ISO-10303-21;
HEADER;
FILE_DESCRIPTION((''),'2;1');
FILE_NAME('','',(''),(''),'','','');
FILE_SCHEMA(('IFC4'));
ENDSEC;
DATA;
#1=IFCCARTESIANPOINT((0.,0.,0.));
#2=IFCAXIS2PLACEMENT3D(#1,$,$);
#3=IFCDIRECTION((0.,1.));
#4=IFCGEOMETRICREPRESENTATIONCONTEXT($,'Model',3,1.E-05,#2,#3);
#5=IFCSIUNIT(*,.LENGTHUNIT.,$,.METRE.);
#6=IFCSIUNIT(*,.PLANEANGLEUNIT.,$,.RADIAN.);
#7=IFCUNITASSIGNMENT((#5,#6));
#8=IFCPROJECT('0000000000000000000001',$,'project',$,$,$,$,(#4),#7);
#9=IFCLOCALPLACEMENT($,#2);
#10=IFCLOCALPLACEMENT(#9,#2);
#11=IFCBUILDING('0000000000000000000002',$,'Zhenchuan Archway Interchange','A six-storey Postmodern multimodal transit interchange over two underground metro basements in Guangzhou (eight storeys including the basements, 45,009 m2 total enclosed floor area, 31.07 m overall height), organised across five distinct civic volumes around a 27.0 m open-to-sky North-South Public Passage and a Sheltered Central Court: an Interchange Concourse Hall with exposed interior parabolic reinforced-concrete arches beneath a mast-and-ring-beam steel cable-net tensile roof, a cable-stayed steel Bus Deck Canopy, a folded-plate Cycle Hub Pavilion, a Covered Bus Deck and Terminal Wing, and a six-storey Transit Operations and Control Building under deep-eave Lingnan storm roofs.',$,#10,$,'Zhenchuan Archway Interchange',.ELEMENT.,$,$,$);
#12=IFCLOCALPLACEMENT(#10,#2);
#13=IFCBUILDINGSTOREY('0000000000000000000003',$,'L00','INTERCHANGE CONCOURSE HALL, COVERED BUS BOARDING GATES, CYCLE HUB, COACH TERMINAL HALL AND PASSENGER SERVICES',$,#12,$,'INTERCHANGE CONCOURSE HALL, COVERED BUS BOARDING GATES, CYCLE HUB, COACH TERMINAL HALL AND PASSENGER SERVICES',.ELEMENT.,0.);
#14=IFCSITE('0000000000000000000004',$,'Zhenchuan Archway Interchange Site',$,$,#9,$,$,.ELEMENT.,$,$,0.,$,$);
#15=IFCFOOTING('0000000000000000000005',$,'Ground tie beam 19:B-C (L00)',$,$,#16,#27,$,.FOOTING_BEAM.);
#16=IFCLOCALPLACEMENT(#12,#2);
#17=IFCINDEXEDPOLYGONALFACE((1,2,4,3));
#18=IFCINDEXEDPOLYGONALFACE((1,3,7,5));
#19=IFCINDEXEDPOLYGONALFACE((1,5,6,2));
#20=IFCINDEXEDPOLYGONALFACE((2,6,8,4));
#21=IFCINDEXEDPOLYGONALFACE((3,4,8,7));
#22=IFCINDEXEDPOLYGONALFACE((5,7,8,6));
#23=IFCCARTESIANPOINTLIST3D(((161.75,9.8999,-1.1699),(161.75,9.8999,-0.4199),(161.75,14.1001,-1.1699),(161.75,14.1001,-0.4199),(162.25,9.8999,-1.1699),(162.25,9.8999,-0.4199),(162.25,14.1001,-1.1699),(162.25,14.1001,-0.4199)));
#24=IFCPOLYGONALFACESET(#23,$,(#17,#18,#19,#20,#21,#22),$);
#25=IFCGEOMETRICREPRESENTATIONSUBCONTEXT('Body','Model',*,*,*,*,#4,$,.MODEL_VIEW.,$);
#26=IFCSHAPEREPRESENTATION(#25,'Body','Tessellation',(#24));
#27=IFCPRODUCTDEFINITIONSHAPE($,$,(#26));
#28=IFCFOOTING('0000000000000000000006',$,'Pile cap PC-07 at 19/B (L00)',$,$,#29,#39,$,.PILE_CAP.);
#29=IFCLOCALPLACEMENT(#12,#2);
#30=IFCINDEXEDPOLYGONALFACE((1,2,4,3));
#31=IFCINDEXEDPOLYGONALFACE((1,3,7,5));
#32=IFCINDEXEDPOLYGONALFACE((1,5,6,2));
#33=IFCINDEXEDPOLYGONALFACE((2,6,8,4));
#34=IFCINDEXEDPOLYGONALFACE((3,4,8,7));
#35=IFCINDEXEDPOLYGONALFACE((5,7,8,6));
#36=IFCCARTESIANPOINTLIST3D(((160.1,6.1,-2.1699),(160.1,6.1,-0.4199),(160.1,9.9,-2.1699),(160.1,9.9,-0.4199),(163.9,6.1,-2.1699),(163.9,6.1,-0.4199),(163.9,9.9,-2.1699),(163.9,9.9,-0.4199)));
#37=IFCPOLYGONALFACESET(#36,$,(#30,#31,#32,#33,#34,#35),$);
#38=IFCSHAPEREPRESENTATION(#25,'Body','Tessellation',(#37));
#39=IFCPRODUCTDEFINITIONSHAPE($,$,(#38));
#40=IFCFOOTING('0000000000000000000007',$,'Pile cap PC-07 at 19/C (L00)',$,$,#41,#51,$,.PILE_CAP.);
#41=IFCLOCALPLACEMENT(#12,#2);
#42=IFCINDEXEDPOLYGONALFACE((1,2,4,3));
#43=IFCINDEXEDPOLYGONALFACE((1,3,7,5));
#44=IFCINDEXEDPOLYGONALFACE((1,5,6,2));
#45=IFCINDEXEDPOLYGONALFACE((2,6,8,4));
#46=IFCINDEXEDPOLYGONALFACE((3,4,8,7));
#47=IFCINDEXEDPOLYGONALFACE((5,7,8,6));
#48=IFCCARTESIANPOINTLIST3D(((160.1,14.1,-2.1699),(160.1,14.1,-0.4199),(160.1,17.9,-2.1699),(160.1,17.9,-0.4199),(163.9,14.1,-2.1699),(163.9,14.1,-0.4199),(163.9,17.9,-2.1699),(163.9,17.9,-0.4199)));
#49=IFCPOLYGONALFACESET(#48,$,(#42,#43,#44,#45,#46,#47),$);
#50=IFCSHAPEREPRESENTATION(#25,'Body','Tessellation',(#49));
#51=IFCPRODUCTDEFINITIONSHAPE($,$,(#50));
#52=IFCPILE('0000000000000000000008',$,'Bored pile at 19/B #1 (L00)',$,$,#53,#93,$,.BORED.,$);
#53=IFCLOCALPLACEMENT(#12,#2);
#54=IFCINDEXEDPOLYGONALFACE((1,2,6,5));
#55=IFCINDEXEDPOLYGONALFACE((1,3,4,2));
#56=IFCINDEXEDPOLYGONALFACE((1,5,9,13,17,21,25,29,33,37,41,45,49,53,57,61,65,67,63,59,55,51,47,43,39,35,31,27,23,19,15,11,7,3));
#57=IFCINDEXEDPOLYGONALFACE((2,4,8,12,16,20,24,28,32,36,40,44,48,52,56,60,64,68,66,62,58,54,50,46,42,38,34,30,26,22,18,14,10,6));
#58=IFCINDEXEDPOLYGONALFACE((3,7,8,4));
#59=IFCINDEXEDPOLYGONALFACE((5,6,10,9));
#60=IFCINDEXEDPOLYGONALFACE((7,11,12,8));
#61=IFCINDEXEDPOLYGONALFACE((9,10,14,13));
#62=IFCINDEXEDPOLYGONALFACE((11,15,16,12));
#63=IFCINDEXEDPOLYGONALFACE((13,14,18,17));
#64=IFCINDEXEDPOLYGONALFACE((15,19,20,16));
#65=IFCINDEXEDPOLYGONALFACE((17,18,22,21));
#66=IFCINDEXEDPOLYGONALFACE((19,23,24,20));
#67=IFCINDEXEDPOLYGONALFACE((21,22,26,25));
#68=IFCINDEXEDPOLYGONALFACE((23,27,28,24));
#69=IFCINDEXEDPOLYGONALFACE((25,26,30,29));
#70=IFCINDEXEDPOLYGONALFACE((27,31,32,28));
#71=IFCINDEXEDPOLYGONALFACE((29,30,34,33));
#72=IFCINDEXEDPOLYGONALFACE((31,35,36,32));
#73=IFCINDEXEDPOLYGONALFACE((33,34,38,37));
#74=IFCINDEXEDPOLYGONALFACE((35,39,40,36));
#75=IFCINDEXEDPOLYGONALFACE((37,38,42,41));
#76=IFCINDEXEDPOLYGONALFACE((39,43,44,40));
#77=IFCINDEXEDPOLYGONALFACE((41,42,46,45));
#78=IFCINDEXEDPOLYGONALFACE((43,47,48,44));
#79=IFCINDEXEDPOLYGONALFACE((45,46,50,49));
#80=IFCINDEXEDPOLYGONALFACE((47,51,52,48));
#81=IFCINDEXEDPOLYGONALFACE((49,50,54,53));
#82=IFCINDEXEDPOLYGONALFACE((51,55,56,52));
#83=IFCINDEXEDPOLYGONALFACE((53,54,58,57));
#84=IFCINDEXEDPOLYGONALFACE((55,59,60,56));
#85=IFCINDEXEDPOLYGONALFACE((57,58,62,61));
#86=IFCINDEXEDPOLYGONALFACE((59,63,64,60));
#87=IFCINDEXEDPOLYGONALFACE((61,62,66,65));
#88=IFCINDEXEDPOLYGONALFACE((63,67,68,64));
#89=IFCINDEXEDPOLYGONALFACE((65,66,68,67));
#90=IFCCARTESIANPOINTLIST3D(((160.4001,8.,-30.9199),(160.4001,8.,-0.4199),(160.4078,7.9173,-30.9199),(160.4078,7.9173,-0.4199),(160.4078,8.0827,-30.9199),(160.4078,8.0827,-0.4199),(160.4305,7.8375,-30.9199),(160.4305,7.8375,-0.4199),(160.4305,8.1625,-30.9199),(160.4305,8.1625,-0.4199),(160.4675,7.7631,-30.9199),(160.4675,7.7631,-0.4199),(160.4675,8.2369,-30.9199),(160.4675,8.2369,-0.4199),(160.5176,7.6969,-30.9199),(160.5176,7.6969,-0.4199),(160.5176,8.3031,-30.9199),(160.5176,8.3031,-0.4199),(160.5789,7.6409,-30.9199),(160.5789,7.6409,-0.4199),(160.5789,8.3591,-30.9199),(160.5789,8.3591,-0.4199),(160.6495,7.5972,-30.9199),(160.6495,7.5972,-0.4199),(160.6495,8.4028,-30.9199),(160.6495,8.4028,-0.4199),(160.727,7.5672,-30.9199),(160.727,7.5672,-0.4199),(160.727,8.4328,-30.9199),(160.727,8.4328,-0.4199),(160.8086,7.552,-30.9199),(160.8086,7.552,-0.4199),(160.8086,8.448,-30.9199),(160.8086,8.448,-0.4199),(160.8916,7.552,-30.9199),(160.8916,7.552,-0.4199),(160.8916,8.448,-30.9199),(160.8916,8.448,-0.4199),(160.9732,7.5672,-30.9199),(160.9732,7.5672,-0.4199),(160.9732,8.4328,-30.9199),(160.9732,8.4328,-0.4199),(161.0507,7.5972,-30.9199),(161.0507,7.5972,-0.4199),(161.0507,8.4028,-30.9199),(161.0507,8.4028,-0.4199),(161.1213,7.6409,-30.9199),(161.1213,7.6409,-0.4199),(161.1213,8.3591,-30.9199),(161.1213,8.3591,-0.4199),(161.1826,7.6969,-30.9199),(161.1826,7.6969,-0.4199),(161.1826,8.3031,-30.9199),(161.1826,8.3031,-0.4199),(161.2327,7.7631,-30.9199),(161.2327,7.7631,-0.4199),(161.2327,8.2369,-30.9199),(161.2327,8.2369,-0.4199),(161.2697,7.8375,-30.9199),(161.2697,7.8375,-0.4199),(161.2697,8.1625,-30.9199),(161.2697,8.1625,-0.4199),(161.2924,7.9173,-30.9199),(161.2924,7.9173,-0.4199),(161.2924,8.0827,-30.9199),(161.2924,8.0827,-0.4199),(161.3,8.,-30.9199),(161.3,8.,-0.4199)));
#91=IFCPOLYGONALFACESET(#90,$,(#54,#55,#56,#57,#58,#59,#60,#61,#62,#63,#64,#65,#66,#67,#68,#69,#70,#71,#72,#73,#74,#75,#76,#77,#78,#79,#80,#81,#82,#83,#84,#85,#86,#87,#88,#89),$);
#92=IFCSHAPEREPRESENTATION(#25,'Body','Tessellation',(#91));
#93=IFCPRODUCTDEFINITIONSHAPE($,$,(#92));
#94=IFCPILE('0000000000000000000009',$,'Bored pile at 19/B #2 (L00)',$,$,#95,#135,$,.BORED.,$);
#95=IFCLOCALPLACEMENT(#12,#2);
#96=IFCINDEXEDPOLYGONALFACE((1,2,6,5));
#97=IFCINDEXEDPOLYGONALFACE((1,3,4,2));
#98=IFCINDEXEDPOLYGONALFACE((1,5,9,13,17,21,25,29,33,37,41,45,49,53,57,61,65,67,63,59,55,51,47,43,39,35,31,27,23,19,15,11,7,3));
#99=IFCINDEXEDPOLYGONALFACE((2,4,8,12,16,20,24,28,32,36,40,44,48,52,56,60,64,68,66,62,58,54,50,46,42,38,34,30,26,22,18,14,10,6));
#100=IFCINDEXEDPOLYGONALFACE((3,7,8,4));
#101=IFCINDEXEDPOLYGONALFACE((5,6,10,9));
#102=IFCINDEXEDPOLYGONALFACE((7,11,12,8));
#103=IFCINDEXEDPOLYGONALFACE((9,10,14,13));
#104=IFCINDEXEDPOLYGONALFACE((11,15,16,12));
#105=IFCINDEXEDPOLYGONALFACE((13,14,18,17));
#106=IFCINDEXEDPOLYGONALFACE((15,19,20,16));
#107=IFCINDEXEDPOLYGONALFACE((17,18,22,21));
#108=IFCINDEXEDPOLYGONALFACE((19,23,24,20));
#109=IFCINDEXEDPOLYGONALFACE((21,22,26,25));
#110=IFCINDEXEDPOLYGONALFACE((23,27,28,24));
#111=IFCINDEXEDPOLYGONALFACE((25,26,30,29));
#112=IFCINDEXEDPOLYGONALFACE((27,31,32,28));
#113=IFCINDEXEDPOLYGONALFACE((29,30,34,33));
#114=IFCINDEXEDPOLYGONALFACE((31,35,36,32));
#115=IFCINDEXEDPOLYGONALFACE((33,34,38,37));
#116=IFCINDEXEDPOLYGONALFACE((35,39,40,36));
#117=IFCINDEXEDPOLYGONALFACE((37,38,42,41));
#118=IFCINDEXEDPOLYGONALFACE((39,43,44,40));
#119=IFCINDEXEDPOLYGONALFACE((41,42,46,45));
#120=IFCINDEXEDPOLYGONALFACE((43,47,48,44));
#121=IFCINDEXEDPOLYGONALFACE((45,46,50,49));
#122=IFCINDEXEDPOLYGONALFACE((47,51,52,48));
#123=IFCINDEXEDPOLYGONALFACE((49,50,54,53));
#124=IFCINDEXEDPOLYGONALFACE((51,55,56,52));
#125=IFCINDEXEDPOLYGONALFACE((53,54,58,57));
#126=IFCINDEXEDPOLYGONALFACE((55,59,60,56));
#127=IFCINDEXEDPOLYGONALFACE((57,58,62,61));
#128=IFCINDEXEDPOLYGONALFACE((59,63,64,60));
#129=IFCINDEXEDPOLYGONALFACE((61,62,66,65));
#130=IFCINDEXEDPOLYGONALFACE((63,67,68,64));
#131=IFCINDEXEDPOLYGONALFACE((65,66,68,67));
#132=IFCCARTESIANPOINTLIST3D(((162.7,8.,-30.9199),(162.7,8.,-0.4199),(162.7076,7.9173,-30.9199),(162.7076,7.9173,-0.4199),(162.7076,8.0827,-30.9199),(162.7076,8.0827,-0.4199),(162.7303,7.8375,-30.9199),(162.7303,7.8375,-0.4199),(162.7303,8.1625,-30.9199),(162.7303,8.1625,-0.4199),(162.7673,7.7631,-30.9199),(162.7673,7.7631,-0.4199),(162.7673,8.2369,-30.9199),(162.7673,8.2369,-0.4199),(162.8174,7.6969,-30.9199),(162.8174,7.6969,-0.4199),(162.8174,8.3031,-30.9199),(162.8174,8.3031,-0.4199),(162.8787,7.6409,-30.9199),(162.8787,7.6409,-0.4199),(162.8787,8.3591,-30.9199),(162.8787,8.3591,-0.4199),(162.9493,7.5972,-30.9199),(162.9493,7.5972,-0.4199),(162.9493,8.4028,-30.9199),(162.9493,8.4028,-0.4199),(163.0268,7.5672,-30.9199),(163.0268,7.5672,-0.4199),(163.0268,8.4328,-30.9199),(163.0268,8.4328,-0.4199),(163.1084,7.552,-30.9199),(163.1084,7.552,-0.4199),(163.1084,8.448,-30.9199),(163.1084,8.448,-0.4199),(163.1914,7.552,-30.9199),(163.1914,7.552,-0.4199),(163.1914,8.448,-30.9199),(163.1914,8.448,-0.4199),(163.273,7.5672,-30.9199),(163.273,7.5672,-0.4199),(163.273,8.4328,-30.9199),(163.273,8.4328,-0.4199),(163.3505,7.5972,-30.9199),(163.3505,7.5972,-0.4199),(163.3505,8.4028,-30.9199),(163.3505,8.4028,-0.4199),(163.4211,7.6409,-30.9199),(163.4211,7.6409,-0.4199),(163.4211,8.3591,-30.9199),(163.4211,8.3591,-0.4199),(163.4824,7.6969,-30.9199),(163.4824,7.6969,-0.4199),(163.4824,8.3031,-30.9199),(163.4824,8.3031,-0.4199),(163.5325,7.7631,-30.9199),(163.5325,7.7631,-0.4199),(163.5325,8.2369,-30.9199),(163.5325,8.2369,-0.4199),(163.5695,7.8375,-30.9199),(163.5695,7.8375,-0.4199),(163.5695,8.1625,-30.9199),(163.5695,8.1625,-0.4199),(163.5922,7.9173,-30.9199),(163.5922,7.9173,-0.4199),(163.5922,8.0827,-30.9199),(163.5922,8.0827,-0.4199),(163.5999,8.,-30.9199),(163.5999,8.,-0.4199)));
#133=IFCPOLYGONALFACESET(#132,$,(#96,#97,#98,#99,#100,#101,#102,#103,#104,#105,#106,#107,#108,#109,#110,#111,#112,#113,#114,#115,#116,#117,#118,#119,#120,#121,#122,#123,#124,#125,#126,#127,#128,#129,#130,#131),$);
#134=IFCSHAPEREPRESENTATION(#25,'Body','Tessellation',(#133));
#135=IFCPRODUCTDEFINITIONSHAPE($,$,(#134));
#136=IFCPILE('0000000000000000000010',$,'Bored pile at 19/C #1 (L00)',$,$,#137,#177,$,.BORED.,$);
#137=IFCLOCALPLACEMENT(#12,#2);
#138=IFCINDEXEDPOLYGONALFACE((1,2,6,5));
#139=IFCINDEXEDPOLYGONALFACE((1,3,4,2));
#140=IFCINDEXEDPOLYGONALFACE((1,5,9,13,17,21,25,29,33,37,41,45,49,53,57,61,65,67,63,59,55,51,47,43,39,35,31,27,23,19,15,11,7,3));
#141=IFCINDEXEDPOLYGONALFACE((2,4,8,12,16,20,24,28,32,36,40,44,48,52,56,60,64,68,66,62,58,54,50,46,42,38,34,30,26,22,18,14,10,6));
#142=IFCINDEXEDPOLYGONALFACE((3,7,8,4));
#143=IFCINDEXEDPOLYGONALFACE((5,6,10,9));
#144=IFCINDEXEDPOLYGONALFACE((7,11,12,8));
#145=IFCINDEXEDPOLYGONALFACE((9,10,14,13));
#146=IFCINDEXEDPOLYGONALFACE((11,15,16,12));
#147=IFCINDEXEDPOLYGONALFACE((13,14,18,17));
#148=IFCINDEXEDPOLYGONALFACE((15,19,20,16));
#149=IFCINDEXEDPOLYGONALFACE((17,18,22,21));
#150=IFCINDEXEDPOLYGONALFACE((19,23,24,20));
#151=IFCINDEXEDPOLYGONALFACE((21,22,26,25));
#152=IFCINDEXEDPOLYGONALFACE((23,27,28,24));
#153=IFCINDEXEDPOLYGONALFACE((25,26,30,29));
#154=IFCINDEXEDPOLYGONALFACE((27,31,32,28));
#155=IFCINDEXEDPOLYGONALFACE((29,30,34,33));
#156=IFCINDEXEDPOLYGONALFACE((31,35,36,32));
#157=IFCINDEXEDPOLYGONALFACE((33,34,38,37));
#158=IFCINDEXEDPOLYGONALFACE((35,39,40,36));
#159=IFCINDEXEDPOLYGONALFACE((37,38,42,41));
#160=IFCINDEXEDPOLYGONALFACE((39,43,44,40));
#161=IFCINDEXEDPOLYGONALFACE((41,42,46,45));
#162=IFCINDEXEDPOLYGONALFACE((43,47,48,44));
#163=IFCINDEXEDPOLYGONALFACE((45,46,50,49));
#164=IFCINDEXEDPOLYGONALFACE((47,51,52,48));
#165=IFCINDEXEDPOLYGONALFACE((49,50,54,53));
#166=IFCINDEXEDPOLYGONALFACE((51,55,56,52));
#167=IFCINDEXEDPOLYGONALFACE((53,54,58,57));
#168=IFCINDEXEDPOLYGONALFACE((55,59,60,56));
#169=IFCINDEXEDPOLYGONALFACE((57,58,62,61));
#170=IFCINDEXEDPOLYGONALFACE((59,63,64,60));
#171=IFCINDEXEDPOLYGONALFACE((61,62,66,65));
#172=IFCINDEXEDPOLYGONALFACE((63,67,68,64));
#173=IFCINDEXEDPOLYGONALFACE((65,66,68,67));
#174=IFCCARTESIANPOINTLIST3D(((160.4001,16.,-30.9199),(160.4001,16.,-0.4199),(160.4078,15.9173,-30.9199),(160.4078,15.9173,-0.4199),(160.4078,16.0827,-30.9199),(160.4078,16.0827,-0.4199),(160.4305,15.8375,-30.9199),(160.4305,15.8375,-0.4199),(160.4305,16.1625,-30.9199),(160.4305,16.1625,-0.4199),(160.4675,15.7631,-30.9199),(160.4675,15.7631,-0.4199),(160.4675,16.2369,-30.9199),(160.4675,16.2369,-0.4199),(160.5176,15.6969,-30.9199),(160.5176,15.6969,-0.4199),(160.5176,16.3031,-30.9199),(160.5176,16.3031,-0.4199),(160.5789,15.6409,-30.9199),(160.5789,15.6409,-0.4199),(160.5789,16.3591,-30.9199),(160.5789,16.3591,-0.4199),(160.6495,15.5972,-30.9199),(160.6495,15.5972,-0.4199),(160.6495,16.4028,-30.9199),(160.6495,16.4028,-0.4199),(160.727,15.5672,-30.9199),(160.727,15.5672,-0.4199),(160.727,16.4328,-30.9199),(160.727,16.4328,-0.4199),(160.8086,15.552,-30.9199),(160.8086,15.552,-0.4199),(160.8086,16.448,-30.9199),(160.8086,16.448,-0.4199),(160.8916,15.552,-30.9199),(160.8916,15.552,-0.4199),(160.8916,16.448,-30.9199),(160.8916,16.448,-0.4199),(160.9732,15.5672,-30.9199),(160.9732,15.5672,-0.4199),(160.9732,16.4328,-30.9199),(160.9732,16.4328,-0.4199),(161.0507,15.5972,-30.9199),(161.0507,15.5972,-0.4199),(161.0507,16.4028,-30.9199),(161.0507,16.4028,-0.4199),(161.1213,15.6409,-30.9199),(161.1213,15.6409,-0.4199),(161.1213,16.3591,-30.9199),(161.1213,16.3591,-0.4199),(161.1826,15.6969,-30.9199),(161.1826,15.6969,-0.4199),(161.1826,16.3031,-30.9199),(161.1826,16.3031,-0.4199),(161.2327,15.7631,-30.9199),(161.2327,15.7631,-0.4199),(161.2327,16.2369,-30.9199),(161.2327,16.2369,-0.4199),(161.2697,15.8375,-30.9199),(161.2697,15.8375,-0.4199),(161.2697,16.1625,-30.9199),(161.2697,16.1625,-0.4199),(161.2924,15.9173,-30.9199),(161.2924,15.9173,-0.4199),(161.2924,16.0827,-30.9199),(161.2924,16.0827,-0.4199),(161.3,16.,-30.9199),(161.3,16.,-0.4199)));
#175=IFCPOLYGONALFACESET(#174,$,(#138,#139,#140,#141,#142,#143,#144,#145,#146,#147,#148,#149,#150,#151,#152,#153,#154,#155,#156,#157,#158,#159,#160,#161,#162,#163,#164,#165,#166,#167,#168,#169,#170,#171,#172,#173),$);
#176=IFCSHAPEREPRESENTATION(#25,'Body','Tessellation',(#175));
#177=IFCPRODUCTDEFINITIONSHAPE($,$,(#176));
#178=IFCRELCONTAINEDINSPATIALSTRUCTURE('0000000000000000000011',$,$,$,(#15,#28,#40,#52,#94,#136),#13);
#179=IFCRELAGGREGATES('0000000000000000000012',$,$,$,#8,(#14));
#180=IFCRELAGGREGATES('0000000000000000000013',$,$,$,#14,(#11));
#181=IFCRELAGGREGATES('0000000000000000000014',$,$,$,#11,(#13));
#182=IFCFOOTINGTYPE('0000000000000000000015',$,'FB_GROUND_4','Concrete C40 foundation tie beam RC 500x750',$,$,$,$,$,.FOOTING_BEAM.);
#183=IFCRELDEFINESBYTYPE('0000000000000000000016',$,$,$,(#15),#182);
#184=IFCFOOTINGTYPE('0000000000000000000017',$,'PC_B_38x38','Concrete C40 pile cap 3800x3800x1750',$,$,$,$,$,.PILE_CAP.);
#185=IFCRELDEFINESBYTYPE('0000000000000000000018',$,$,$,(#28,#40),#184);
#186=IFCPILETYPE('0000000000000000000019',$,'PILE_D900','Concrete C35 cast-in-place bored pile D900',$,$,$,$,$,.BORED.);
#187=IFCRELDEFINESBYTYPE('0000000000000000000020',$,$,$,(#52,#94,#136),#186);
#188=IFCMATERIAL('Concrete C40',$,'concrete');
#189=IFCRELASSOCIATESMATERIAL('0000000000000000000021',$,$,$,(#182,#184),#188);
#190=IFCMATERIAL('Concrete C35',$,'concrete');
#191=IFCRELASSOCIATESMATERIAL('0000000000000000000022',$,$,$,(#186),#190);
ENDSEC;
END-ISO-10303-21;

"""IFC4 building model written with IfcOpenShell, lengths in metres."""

from ifc_helpers import new_model, si_unit, direction, frame, origin, origin_2d, place, context, subcontext, project, spatial, rectangle, circle, extrude, material, material_profile, profile_set, type_object, element, save


model = new_model("IFC4")

# Units and contexts
model_context = context("Model", 3, precision=1e-05, world=origin(), true_north=direction((0.0, 1.0)))
body_context = subcontext(model_context, "Body", "Model", "MODEL_VIEW")
ifc_project = project(units=[si_unit("LENGTHUNIT", "METRE"), si_unit("PLANEANGLEUNIT", "RADIAN")], contexts=[model_context])

# Site, building, storey
site_placement = place(None, origin())
site = spatial("IfcSite", under=ifc_project, at=site_placement, Name="Zhenchuan Archway Interchange Site", CompositionType="ELEMENT", RefElevation=0.0)
building_placement = place(site_placement, origin())
building = spatial("IfcBuilding", under=site, at=building_placement, Name="Zhenchuan Archway Interchange", Description="A six-storey Postmodern multimodal transit interchange over two underground metro basements in Guangzhou (eight storeys including the basements, 45,009 m2 total enclosed floor area, 31.07 m overall height), organised across five distinct civic volumes around a 27.0 m open-to-sky North-South Public Passage and a Sheltered Central Court: an Interchange Concourse Hall with exposed interior parabolic reinforced-concrete arches beneath a mast-and-ring-beam steel cable-net tensile roof, a cable-stayed steel Bus Deck Canopy, a folded-plate Cycle Hub Pavilion, a Covered Bus Deck and Terminal Wing, and a six-storey Transit Operations and Control Building under deep-eave Lingnan storm roofs.", LongName="Zhenchuan Archway Interchange", CompositionType="ELEMENT")
storey_placement = place(building_placement, origin())
storey = spatial("IfcBuildingStorey", under=building, at=storey_placement, Name="L00", Description="INTERCHANGE CONCOURSE HALL, COVERED BUS BOARDING GATES, CYCLE HUB, COACH TERMINAL HALL AND PASSENGER SERVICES", LongName="INTERCHANGE CONCOURSE HALL, COVERED BUS BOARDING GATES, CYCLE HUB, COACH TERMINAL HALL AND PASSENGER SERVICES", CompositionType="ELEMENT", Elevation=0.0)

# Footings
ifc_material_1 = material(Name="Concrete C40", Category="concrete")
ifc_material_profile_1 = material_profile(ifc_material_1, rectangle(XDim=0.5, YDim=0.75, at=origin_2d()), Name="RC 500x750")
ifc_profile_set_1 = profile_set([ifc_material_profile_1], Name="Concrete C40")
footing_type_1 = type_object("IfcFootingType", Name="FB_GROUND_4", Description="Concrete C40 foundation tie beam RC 500x750", PredefinedType="FOOTING_BEAM", material=ifc_profile_set_1)
footing_placement = place(storey_placement, frame((162.0, 9.8999, -0.7949), z_axis=(0.0, 1.0, 0.0), x_axis=(-1.0, 0.0, 0.0)))
element("IfcFooting", 1, at=footing_placement, inside=storey, type_object=footing_type_1, Name="Ground tie beam 19:B-C (L00)", PredefinedType="FOOTING_BEAM", context=body_context, shape_type="SweptSolid", body=[
    extrude(rectangle(XDim=0.5, YDim=0.75, at=origin_2d()), origin(), (0.0, 0.0, 1.0), 4.2002),
])
footing_type_2 = type_object("IfcFootingType", Name="PC_B_38x38", Description="Concrete C40 pile cap 3800x3800x1750", PredefinedType="PILE_CAP", material=ifc_material_1)
for number, where, z_axis, x_axis, name in (
    (2, (162.0, 8.0, -2.1699), (0.0, 0.0, 1.0), (1.0, 0.0, 0.0), "Pile cap PC-07 at 19/B (L00)"),
    (3, (162.0, 16.0, -2.1699), (0.0, 0.0, 1.0), (1.0, 0.0, 0.0), "Pile cap PC-07 at 19/C (L00)"),
):
    element("IfcFooting", number, at=place(storey_placement, frame(where, z_axis=z_axis, x_axis=x_axis)), inside=storey, type_object=footing_type_2, Name=name, PredefinedType="PILE_CAP", context=body_context, shape_type="SweptSolid", body=[
        extrude(rectangle(XDim=3.8, YDim=3.8, at=origin_2d()), origin(), (0.0, 0.0, 1.0), 1.75),
    ])

# Piles
ifc_material_2 = material(Name="Concrete C35", Category="concrete")
ifc_material_profile_2 = material_profile(ifc_material_2, circle(Radius=0.45, at=origin_2d()), Name="BORED PILE 900")
ifc_profile_set_2 = profile_set([ifc_material_profile_2], Name="Concrete C35")
pile_type = type_object("IfcPileType", Name="PILE_D900", Description="Concrete C35 cast-in-place bored pile D900", PredefinedType="BORED", material=ifc_profile_set_2)
for number, where, z_axis, x_axis, name in (
    (4, (160.8501, 8.0, -0.4199), (0.0, 0.0, -1.0), (1.0, 0.0, 0.0), "Bored pile at 19/B #1 (L00)"),
    (5, (163.1499, 8.0, -0.4199), (0.0, 0.0, -1.0), (1.0, 0.0, 0.0), "Bored pile at 19/B #2 (L00)"),
    (6, (160.8501, 16.0, -0.4199), (0.0, 0.0, -1.0), (1.0, 0.0, 0.0), "Bored pile at 19/C #1 (L00)"),
):
    element("IfcPile", number, at=place(storey_placement, frame(where, z_axis=z_axis, x_axis=x_axis)), inside=storey, type_object=pile_type, Name=name, PredefinedType="BORED", context=body_context, shape_type="SweptSolid", body=[
        extrude(circle(Radius=0.45, at=origin_2d()), origin(), (0.0, 0.0, 1.0), 30.5),
    ])

save(model, "model.ifc")
